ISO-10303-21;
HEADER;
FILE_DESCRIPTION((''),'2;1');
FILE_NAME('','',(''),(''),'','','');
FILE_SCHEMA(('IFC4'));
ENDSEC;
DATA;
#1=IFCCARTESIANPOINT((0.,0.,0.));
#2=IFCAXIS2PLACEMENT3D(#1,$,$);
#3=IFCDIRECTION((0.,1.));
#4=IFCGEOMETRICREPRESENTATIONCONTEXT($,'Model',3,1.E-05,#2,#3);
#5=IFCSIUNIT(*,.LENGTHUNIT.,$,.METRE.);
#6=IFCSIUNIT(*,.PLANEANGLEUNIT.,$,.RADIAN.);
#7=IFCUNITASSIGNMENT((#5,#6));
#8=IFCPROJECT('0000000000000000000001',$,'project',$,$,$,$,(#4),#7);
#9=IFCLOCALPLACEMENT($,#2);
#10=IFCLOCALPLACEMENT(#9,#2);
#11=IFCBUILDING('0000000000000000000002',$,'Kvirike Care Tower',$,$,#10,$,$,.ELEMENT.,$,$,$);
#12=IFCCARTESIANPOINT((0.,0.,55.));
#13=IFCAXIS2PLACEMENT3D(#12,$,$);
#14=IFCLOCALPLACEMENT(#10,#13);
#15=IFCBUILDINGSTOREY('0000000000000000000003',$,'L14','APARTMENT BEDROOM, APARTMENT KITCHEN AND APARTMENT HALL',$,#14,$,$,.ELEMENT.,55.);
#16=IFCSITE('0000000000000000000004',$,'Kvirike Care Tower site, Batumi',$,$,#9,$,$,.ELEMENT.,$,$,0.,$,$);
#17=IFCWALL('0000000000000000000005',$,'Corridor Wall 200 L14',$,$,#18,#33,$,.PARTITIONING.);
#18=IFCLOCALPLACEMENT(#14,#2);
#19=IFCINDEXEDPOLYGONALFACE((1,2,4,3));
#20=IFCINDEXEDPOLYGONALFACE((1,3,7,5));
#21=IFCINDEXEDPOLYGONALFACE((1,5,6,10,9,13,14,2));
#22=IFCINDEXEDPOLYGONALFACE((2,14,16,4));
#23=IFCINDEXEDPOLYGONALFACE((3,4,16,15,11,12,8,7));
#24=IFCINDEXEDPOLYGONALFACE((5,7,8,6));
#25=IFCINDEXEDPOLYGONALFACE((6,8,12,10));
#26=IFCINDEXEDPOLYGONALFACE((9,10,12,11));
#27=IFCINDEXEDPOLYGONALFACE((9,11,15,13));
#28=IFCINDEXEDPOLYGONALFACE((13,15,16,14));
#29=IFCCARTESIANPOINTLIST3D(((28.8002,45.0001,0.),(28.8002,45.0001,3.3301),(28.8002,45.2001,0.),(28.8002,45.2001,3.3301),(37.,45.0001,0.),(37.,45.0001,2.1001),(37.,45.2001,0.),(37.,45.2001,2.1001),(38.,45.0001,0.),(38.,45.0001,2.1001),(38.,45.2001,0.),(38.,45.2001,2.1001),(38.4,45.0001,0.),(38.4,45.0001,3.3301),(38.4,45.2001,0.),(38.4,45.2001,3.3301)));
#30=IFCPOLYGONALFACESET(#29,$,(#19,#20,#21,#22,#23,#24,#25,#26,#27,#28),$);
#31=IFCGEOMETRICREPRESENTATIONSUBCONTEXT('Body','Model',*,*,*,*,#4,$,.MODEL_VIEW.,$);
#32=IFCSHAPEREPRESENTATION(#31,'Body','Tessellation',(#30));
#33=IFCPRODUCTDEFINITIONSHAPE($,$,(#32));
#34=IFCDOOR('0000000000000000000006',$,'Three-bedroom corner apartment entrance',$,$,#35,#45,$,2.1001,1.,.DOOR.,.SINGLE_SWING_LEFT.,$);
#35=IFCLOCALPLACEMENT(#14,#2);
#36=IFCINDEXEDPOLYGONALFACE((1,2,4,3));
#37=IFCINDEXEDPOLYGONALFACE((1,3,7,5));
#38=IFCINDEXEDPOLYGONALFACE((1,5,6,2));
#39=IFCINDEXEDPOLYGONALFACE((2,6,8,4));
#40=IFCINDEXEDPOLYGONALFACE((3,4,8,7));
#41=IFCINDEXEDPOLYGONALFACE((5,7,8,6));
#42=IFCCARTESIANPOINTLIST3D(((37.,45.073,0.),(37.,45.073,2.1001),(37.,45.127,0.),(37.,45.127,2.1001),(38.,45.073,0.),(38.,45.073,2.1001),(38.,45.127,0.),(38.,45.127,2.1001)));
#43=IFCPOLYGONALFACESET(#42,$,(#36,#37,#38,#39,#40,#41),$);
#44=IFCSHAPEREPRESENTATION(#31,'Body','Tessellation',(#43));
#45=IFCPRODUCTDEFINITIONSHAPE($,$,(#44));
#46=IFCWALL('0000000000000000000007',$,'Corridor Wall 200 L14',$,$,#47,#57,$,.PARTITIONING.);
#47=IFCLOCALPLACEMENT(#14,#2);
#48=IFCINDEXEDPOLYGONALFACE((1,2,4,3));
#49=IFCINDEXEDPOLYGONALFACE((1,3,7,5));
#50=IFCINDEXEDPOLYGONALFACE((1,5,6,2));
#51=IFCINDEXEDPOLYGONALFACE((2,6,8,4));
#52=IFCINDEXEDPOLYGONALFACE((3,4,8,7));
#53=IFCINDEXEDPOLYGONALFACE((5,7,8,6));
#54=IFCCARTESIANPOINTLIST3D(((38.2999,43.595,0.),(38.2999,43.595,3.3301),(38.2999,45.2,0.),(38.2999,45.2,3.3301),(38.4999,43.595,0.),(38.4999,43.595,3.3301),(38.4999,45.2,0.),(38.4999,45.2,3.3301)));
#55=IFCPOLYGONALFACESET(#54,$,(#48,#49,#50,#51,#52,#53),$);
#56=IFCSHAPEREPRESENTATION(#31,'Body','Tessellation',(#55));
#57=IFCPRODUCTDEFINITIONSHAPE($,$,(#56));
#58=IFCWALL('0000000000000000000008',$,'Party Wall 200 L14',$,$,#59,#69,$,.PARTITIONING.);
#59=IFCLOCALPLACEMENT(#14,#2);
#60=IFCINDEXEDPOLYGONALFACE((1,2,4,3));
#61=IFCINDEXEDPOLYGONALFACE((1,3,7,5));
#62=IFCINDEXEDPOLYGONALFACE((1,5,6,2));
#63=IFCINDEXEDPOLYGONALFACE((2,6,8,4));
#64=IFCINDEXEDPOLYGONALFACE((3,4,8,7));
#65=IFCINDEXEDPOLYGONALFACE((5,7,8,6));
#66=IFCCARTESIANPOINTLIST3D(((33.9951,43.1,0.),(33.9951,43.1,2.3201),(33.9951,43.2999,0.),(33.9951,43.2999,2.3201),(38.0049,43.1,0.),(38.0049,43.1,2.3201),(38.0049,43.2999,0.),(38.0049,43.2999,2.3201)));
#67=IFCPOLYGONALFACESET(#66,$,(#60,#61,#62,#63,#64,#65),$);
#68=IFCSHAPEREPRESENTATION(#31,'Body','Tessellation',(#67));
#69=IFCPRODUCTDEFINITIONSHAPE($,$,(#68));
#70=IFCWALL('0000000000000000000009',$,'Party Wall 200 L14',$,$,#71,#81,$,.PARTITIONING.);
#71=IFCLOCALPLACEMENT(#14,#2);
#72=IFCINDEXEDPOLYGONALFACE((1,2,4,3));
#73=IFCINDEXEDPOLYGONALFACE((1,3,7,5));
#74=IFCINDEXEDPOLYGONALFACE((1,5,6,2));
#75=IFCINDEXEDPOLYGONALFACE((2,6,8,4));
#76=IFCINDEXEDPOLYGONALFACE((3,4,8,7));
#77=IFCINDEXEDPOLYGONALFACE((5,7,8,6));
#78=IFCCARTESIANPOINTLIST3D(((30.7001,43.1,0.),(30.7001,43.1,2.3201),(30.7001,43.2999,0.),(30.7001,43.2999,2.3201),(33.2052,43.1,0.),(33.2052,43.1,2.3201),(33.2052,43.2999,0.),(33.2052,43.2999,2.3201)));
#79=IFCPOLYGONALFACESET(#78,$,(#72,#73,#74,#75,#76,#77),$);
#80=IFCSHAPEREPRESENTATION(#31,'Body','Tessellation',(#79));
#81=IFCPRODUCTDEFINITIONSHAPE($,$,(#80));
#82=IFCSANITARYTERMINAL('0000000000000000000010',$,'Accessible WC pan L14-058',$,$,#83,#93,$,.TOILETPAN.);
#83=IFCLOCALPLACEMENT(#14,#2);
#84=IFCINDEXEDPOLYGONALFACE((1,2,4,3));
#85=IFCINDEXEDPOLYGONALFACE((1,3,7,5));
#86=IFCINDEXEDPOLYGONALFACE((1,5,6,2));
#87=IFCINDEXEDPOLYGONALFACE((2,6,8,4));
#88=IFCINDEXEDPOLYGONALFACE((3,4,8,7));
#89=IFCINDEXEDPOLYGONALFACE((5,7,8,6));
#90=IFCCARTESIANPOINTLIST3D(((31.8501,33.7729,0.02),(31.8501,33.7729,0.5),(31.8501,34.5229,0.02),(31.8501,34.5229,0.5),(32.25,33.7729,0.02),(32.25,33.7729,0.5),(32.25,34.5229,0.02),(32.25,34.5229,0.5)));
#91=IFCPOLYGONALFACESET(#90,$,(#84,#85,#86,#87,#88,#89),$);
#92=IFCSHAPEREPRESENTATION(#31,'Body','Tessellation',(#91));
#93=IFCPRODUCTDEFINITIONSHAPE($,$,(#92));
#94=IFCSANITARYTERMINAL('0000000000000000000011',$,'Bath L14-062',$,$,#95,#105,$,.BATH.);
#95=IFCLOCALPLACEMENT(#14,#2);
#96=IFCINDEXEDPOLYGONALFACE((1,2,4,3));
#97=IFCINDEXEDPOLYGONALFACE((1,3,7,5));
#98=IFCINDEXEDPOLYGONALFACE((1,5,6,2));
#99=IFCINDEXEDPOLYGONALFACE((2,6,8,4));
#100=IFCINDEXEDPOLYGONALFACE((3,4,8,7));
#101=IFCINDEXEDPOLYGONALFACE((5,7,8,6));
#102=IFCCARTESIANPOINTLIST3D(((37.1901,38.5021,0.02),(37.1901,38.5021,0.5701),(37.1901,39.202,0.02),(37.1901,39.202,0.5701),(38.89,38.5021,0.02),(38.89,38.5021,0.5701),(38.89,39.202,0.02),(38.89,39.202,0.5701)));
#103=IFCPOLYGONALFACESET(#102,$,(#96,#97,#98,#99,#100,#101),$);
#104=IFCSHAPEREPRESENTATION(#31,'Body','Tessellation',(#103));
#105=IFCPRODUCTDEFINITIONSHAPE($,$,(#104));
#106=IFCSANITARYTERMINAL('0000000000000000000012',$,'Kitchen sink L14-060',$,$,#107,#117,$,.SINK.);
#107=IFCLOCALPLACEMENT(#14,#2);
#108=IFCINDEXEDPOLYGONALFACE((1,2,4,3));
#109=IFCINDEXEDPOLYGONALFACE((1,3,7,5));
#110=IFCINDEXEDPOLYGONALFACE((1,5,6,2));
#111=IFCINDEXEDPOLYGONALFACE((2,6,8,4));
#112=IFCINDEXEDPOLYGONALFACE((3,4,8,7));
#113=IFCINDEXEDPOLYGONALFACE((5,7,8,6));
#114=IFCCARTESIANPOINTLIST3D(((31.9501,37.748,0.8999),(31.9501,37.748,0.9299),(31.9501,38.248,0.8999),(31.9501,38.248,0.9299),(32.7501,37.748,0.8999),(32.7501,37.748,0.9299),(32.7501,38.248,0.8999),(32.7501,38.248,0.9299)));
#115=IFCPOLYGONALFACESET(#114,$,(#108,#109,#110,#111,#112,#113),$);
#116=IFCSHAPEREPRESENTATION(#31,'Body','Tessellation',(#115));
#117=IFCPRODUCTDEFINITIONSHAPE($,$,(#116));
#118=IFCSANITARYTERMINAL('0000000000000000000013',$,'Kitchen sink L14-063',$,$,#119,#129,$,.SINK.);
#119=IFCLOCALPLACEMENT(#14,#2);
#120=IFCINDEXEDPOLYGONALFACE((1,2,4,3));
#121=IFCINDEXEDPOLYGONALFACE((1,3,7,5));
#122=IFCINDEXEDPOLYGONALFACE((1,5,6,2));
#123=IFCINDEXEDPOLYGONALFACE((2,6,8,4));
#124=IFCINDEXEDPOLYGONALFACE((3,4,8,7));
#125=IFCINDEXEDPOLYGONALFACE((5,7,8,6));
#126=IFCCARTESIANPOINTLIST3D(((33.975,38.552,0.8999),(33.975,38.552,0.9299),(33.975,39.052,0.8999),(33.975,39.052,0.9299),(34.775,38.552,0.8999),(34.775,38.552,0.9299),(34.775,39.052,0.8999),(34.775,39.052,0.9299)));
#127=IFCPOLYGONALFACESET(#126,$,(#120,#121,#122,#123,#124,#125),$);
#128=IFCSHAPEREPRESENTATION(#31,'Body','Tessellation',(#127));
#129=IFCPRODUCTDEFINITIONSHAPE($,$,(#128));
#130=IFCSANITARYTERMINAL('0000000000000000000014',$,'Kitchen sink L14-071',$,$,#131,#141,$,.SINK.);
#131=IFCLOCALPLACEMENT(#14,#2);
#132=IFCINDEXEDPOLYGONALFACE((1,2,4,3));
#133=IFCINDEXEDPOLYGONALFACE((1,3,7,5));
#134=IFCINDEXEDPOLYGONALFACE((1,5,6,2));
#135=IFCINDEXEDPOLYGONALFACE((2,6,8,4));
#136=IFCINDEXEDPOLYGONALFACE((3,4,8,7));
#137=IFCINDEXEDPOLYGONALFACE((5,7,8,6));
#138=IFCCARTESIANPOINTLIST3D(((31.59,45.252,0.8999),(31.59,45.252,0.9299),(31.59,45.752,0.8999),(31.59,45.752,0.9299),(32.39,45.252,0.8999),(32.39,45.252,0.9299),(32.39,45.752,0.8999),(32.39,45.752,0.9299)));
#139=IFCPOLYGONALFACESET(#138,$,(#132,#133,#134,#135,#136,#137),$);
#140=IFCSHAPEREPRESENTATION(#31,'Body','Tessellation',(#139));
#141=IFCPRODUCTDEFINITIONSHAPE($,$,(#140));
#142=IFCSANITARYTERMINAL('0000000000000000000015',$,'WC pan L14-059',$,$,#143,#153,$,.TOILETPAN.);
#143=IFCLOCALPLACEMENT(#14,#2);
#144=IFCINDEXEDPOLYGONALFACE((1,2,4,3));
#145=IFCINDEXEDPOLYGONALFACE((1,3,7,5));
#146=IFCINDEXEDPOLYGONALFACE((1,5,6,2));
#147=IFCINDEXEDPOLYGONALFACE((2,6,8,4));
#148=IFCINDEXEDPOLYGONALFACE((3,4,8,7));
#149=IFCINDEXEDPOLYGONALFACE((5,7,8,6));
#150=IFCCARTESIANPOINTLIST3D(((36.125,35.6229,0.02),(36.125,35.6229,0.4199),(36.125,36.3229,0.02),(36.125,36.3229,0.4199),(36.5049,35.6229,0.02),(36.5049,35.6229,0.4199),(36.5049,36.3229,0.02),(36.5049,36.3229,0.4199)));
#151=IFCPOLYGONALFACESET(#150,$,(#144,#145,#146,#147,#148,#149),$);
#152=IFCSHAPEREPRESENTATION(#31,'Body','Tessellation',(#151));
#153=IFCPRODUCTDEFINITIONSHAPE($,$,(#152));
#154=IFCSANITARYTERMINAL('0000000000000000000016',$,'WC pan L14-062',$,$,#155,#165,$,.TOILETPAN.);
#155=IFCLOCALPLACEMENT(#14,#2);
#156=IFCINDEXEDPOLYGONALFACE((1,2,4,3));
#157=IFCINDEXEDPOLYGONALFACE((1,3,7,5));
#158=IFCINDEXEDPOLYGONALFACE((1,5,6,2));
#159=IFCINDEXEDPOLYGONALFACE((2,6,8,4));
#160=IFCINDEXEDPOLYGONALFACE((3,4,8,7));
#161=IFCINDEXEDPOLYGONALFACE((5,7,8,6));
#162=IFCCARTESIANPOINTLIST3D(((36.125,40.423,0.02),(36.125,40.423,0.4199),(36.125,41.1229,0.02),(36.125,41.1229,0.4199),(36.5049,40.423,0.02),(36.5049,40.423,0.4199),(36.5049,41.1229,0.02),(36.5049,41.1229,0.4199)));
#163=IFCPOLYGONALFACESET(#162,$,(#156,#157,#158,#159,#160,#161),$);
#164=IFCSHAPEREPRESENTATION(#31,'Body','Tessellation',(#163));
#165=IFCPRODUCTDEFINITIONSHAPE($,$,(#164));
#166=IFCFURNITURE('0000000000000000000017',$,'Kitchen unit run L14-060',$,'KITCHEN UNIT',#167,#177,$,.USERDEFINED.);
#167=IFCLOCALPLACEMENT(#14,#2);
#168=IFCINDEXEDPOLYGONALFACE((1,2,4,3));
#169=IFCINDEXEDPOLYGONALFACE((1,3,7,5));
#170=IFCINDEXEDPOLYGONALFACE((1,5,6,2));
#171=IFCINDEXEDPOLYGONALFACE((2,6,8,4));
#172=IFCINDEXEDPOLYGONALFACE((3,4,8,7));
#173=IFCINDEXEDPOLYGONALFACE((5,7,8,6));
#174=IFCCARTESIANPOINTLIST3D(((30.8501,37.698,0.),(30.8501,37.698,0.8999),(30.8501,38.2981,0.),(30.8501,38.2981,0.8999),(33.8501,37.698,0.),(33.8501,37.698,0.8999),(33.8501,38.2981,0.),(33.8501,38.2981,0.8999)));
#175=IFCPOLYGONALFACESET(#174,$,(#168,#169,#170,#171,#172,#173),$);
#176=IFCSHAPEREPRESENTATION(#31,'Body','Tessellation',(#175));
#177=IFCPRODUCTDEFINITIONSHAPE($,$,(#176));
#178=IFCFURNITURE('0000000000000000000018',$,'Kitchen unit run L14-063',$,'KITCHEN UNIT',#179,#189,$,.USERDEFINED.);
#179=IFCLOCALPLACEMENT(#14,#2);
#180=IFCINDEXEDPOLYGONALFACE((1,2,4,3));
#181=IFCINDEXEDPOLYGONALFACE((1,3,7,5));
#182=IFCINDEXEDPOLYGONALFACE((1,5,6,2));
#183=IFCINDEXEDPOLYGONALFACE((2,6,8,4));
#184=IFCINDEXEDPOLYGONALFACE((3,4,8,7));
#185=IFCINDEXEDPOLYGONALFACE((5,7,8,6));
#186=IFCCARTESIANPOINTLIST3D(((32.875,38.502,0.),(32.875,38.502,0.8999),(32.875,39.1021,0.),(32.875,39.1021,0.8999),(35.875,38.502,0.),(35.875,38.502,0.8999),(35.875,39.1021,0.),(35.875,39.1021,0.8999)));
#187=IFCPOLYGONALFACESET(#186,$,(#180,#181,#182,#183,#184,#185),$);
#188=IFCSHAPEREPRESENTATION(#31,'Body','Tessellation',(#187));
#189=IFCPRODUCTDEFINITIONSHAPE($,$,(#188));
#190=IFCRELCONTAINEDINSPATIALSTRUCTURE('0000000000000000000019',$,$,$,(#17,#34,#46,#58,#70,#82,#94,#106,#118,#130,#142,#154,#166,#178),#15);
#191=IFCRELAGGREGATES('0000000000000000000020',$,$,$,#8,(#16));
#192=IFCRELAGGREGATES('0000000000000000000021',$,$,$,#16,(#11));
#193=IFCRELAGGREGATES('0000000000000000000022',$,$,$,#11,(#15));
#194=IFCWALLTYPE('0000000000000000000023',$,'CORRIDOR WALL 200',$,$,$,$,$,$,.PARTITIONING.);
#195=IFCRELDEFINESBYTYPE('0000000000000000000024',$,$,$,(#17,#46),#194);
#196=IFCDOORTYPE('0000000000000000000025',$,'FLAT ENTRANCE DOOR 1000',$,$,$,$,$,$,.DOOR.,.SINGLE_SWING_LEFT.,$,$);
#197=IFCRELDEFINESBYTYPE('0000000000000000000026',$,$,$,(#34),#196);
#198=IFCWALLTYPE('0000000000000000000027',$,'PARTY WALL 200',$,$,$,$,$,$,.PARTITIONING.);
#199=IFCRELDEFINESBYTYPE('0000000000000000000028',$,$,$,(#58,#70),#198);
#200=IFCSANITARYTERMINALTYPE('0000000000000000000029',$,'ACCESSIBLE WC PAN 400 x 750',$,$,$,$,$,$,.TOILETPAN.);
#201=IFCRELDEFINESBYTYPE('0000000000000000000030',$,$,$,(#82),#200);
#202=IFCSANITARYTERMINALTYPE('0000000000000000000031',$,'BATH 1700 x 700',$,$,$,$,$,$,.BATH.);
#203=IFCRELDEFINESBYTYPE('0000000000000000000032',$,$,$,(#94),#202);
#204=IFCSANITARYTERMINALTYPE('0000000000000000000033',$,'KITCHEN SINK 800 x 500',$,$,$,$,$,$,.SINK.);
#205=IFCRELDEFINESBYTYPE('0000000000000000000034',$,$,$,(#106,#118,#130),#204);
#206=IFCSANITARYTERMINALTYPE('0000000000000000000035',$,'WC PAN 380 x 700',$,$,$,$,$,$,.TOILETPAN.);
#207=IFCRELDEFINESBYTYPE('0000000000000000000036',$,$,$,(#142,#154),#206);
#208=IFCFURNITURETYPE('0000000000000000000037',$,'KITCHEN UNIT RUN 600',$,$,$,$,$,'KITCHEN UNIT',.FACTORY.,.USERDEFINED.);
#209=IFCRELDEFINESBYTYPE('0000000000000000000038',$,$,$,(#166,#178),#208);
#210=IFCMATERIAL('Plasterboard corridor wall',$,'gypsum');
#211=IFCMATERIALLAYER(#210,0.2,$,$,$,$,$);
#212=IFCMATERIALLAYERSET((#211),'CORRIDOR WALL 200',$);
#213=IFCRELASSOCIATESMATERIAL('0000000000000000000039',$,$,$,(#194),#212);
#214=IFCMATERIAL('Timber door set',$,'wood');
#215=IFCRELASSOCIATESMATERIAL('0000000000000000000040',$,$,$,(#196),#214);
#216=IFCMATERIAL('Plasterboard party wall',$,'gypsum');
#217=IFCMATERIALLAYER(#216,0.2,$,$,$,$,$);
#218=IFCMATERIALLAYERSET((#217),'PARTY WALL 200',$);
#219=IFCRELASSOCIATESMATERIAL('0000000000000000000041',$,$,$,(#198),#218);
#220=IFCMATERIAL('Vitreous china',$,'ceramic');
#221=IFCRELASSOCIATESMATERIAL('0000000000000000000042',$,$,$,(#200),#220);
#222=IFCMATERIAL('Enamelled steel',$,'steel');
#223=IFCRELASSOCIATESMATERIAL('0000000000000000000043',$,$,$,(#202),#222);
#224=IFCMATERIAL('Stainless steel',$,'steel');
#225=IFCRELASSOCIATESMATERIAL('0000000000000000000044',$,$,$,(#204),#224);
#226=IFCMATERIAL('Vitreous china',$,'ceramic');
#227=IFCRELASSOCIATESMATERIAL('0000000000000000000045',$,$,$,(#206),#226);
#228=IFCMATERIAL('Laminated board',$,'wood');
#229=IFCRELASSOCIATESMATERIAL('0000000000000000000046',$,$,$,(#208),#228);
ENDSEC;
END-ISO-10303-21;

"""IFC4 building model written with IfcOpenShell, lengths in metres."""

from ifc_helpers import new_model, si_unit, direction, frame, frame_2d, origin, origin_2d, place, context, subcontext, project, spatial, rectangle, extrude, material, layer, layer_set, type_object, element, fill, save


model = new_model("IFC4")

# Units and contexts
model_context = context("Model", 3, precision=1e-05, world=origin(), true_north=direction((0.0, 1.0)))
body_context = subcontext(model_context, "Body", "Model", "MODEL_VIEW")
ifc_project = project(units=[si_unit("LENGTHUNIT", "METRE"), si_unit("PLANEANGLEUNIT", "RADIAN")], contexts=[model_context])

# Site, building, storey
site_placement = place(None, origin())
site = spatial("IfcSite", under=ifc_project, at=site_placement, Name="Kvirike Care Tower site, Batumi", CompositionType="ELEMENT", RefElevation=0.0)
building_placement = place(site_placement, origin())
building = spatial("IfcBuilding", under=site, at=building_placement, Name="Kvirike Care Tower", CompositionType="ELEMENT")
storey_placement = place(building_placement, frame((0.0, 0.0, 55.0)))
storey = spatial("IfcBuildingStorey", under=building, at=storey_placement, Name="L14", Description="APARTMENT BEDROOM, APARTMENT KITCHEN AND APARTMENT HALL", CompositionType="ELEMENT", Elevation=55.0)

# Wall, opening, door
ifc_material_1 = material(Name="Plasterboard corridor wall", Category="gypsum")
ifc_layer_1 = layer(ifc_material_1, 0.2)
ifc_layer_set_1 = layer_set([ifc_layer_1], Name="CORRIDOR WALL 200")
wall_type_1 = type_object("IfcWallType", Name="CORRIDOR WALL 200", PredefinedType="PARTITIONING", material=ifc_layer_set_1)
wall_1_placement = place(storey_placement, frame((38.3999, 45.1001, 0.0), z_axis=(0.0, 0.0, 1.0), x_axis=(-1.0, 0.0, 0.0)))
wall_1 = element("IfcWall", 1, at=wall_1_placement, inside=storey, type_object=wall_type_1, Name="Corridor Wall 200 L14", PredefinedType="PARTITIONING", context=body_context, shape_type="SweptSolid", body=[
    extrude(rectangle(XDim=9.5999, YDim=0.2, at=frame_2d((4.7998, 0.0))), origin(), (0.0, 0.0, 1.0), 3.3301),
])
opening_placement = place(wall_1_placement, frame((0.3999, 0.0, 0.0)))
opening = element("IfcOpeningElement", 2, at=opening_placement, cuts=wall_1, PredefinedType="OPENING", context=body_context, shape_type="SweptSolid", body=[
    extrude(rectangle(XDim=1.0, YDim=2.1001, at=frame_2d((0.5, 1.05))), frame((0.0, 0.1106, 0.0), z_axis=(0.0, -1.0, 0.0), x_axis=(1.0, 0.0, 0.0)), (0.0, 0.0, 1.0), 0.2209),
])
ifc_material_2 = material(Name="Timber door set", Category="wood")
door_type = type_object("IfcDoorType", Name="FLAT ENTRANCE DOOR 1000", OperationType="SINGLE_SWING_LEFT", PredefinedType="DOOR", material=ifc_material_2)
door_placement = place(opening_placement, frame((1.0, 0.0, 0.0), z_axis=(0.0, 0.0, 1.0), x_axis=(-1.0, 0.0, 0.0)))
door = element("IfcDoor", 3, at=door_placement, inside=storey, type_object=door_type, Name="Three-bedroom corner apartment entrance", OperationType="SINGLE_SWING_LEFT", OverallHeight=2.1001, OverallWidth=1.0, PredefinedType="DOOR", context=body_context, shape_type="SweptSolid", body=[
    extrude(rectangle(XDim=1.0, YDim=2.1001, at=frame_2d((0.5, 1.05))), frame((0.0, 0.0269, 0.0), z_axis=(0.0, -1.0, 0.0), x_axis=(1.0, 0.0, 0.0)), (0.0, 0.0, 1.0), 0.054),
])
fill(opening, door)

# Walls
wall_2_placement = place(storey_placement, frame((38.3999, 45.2, 0.0), z_axis=(0.0, 0.0, 1.0), x_axis=(0.0, -1.0, 0.0)))
element("IfcWall", 4, at=wall_2_placement, inside=storey, type_object=wall_type_1, Name="Corridor Wall 200 L14", PredefinedType="PARTITIONING", context=body_context, shape_type="SweptSolid", body=[
    extrude(rectangle(XDim=1.605, YDim=0.2, at=frame_2d((0.8025, 0.0))), origin(), (0.0, 0.0, 1.0), 3.3301),
])
ifc_material_3 = material(Name="Plasterboard party wall", Category="gypsum")
ifc_layer_2 = layer(ifc_material_3, 0.2)
ifc_layer_set_2 = layer_set([ifc_layer_2], Name="PARTY WALL 200")
wall_type_2 = type_object("IfcWallType", Name="PARTY WALL 200", PredefinedType="PARTITIONING", material=ifc_layer_set_2)
wall_3_placement = place(storey_placement, frame((38.0049, 43.2, 0.0), z_axis=(0.0, 0.0, 1.0), x_axis=(-1.0, 0.0, 0.0)))
element("IfcWall", 5, at=wall_3_placement, inside=storey, type_object=wall_type_2, Name="Party Wall 200 L14", PredefinedType="PARTITIONING", context=body_context, shape_type="SweptSolid", body=[
    extrude(rectangle(XDim=4.0098, YDim=0.2, at=frame_2d((2.0049, 0.0))), origin(), (0.0, 0.0, 1.0), 2.3201),
])
wall_4_placement = place(storey_placement, frame((33.2051, 43.2, 0.0), z_axis=(0.0, 0.0, 1.0), x_axis=(-1.0, 0.0, 0.0)))
element("IfcWall", 6, at=wall_4_placement, inside=storey, type_object=wall_type_2, Name="Party Wall 200 L14", PredefinedType="PARTITIONING", context=body_context, shape_type="SweptSolid", body=[
    extrude(rectangle(XDim=2.5051, YDim=0.2, at=frame_2d((1.2524, 0.0))), origin(), (0.0, 0.0, 1.0), 2.3201),
])

# Sanitary terminals
ifc_material_4 = material(Name="Vitreous china", Category="ceramic")
sanitary_terminal_type_1 = type_object("IfcSanitaryTerminalType", Name="ACCESSIBLE WC PAN 400 x 750", PredefinedType="TOILETPAN", material=ifc_material_4)
sanitary_terminal_1_placement = place(storey_placement, frame((32.05, 34.1479, 0.02), z_axis=(0.0, 0.0, 1.0), x_axis=(1.0, 0.0, 0.0)))
element("IfcSanitaryTerminal", 7, at=sanitary_terminal_1_placement, inside=storey, type_object=sanitary_terminal_type_1, Name="Accessible WC pan L14-058", PredefinedType="TOILETPAN", context=body_context, shape_type="SweptSolid", body=[
    extrude(rectangle(XDim=0.3999, YDim=0.75, at=origin_2d()), origin(), (0.0, 0.0, 1.0), 0.48),
])
ifc_material_5 = material(Name="Enamelled steel", Category="steel")
sanitary_terminal_type_2 = type_object("IfcSanitaryTerminalType", Name="BATH 1700 x 700", PredefinedType="BATH", material=ifc_material_5)
sanitary_terminal_2_placement = place(storey_placement, frame((38.04, 38.8521, 0.02), z_axis=(0.0, 0.0, 1.0), x_axis=(-1.0, 0.0, 0.0)))
element("IfcSanitaryTerminal", 8, at=sanitary_terminal_2_placement, inside=storey, type_object=sanitary_terminal_type_2, Name="Bath L14-062", PredefinedType="BATH", context=body_context, shape_type="SweptSolid", body=[
    extrude(rectangle(XDim=1.7, YDim=0.7, at=origin_2d()), origin(), (0.0, 0.0, 1.0), 0.55),
])
ifc_material_6 = material(Name="Stainless steel", Category="steel")
sanitary_terminal_type_3 = type_object("IfcSanitaryTerminalType", Name="KITCHEN SINK 800 x 500", PredefinedType="SINK", material=ifc_material_6)
for number, where, z_axis, x_axis, name in (
    (9, (32.3501, 37.998, 0.8999), (0.0, 0.0, 1.0), (1.0, 0.0, 0.0), "Kitchen sink L14-060"),
    (10, (34.375, 38.802, 0.8999), (0.0, 0.0, 1.0), (-1.0, 0.0, 0.0), "Kitchen sink L14-063"),
    (11, (31.99, 45.502, 0.8999), (0.0, 0.0, 1.0), (-1.0, 0.0, 0.0), "Kitchen sink L14-071"),
):
    element("IfcSanitaryTerminal", number, at=place(storey_placement, frame(where, z_axis=z_axis, x_axis=x_axis)), inside=storey, type_object=sanitary_terminal_type_3, Name=name, PredefinedType="SINK", context=body_context, shape_type="SweptSolid", body=[
        extrude(rectangle(XDim=0.8, YDim=0.5, at=origin_2d()), origin(), (0.0, 0.0, 1.0), 0.03),
    ])
ifc_material_7 = material(Name="Vitreous china", Category="ceramic")
sanitary_terminal_type_4 = type_object("IfcSanitaryTerminalType", Name="WC PAN 380 x 700", PredefinedType="TOILETPAN", material=ifc_material_7)
for number, where, z_axis, x_axis, name in (
    (12, (36.3149, 35.9729, 0.02), (0.0, 0.0, 1.0), (1.0, 0.0, 0.0), "WC pan L14-059"),
    (13, (36.3149, 40.7729, 0.02), (0.0, 0.0, 1.0), (1.0, 0.0, 0.0), "WC pan L14-062"),
):
    element("IfcSanitaryTerminal", number, at=place(storey_placement, frame(where, z_axis=z_axis, x_axis=x_axis)), inside=storey, type_object=sanitary_terminal_type_4, Name=name, PredefinedType="TOILETPAN", context=body_context, shape_type="SweptSolid", body=[
        extrude(rectangle(XDim=0.3799, YDim=0.7, at=origin_2d()), origin(), (0.0, 0.0, 1.0), 0.3999),
    ])

# Furniture
ifc_material_8 = material(Name="Laminated board", Category="wood")
furniture_type = type_object("IfcFurnitureType", Name="KITCHEN UNIT RUN 600", ElementType="KITCHEN UNIT", AssemblyPlace="FACTORY", PredefinedType="USERDEFINED", material=ifc_material_8)
for number, where, z_axis, x_axis, name in (
    (14, (32.3501, 37.998, 0.0), (0.0, 0.0, 1.0), (1.0, 0.0, 0.0), "Kitchen unit run L14-060"),
    (15, (34.375, 38.802, 0.0), (0.0, 0.0, 1.0), (-1.0, 0.0, 0.0), "Kitchen unit run L14-063"),
):
    element("IfcFurniture", number, at=place(storey_placement, frame(where, z_axis=z_axis, x_axis=x_axis)), inside=storey, type_object=furniture_type, Name=name, ObjectType="KITCHEN UNIT", PredefinedType="USERDEFINED", context=body_context, shape_type="SweptSolid", body=[
        extrude(rectangle(XDim=3.0, YDim=0.6001, at=origin_2d()), origin(), (0.0, 0.0, 1.0), 0.8999),
    ])

save(model, "model.ifc")
